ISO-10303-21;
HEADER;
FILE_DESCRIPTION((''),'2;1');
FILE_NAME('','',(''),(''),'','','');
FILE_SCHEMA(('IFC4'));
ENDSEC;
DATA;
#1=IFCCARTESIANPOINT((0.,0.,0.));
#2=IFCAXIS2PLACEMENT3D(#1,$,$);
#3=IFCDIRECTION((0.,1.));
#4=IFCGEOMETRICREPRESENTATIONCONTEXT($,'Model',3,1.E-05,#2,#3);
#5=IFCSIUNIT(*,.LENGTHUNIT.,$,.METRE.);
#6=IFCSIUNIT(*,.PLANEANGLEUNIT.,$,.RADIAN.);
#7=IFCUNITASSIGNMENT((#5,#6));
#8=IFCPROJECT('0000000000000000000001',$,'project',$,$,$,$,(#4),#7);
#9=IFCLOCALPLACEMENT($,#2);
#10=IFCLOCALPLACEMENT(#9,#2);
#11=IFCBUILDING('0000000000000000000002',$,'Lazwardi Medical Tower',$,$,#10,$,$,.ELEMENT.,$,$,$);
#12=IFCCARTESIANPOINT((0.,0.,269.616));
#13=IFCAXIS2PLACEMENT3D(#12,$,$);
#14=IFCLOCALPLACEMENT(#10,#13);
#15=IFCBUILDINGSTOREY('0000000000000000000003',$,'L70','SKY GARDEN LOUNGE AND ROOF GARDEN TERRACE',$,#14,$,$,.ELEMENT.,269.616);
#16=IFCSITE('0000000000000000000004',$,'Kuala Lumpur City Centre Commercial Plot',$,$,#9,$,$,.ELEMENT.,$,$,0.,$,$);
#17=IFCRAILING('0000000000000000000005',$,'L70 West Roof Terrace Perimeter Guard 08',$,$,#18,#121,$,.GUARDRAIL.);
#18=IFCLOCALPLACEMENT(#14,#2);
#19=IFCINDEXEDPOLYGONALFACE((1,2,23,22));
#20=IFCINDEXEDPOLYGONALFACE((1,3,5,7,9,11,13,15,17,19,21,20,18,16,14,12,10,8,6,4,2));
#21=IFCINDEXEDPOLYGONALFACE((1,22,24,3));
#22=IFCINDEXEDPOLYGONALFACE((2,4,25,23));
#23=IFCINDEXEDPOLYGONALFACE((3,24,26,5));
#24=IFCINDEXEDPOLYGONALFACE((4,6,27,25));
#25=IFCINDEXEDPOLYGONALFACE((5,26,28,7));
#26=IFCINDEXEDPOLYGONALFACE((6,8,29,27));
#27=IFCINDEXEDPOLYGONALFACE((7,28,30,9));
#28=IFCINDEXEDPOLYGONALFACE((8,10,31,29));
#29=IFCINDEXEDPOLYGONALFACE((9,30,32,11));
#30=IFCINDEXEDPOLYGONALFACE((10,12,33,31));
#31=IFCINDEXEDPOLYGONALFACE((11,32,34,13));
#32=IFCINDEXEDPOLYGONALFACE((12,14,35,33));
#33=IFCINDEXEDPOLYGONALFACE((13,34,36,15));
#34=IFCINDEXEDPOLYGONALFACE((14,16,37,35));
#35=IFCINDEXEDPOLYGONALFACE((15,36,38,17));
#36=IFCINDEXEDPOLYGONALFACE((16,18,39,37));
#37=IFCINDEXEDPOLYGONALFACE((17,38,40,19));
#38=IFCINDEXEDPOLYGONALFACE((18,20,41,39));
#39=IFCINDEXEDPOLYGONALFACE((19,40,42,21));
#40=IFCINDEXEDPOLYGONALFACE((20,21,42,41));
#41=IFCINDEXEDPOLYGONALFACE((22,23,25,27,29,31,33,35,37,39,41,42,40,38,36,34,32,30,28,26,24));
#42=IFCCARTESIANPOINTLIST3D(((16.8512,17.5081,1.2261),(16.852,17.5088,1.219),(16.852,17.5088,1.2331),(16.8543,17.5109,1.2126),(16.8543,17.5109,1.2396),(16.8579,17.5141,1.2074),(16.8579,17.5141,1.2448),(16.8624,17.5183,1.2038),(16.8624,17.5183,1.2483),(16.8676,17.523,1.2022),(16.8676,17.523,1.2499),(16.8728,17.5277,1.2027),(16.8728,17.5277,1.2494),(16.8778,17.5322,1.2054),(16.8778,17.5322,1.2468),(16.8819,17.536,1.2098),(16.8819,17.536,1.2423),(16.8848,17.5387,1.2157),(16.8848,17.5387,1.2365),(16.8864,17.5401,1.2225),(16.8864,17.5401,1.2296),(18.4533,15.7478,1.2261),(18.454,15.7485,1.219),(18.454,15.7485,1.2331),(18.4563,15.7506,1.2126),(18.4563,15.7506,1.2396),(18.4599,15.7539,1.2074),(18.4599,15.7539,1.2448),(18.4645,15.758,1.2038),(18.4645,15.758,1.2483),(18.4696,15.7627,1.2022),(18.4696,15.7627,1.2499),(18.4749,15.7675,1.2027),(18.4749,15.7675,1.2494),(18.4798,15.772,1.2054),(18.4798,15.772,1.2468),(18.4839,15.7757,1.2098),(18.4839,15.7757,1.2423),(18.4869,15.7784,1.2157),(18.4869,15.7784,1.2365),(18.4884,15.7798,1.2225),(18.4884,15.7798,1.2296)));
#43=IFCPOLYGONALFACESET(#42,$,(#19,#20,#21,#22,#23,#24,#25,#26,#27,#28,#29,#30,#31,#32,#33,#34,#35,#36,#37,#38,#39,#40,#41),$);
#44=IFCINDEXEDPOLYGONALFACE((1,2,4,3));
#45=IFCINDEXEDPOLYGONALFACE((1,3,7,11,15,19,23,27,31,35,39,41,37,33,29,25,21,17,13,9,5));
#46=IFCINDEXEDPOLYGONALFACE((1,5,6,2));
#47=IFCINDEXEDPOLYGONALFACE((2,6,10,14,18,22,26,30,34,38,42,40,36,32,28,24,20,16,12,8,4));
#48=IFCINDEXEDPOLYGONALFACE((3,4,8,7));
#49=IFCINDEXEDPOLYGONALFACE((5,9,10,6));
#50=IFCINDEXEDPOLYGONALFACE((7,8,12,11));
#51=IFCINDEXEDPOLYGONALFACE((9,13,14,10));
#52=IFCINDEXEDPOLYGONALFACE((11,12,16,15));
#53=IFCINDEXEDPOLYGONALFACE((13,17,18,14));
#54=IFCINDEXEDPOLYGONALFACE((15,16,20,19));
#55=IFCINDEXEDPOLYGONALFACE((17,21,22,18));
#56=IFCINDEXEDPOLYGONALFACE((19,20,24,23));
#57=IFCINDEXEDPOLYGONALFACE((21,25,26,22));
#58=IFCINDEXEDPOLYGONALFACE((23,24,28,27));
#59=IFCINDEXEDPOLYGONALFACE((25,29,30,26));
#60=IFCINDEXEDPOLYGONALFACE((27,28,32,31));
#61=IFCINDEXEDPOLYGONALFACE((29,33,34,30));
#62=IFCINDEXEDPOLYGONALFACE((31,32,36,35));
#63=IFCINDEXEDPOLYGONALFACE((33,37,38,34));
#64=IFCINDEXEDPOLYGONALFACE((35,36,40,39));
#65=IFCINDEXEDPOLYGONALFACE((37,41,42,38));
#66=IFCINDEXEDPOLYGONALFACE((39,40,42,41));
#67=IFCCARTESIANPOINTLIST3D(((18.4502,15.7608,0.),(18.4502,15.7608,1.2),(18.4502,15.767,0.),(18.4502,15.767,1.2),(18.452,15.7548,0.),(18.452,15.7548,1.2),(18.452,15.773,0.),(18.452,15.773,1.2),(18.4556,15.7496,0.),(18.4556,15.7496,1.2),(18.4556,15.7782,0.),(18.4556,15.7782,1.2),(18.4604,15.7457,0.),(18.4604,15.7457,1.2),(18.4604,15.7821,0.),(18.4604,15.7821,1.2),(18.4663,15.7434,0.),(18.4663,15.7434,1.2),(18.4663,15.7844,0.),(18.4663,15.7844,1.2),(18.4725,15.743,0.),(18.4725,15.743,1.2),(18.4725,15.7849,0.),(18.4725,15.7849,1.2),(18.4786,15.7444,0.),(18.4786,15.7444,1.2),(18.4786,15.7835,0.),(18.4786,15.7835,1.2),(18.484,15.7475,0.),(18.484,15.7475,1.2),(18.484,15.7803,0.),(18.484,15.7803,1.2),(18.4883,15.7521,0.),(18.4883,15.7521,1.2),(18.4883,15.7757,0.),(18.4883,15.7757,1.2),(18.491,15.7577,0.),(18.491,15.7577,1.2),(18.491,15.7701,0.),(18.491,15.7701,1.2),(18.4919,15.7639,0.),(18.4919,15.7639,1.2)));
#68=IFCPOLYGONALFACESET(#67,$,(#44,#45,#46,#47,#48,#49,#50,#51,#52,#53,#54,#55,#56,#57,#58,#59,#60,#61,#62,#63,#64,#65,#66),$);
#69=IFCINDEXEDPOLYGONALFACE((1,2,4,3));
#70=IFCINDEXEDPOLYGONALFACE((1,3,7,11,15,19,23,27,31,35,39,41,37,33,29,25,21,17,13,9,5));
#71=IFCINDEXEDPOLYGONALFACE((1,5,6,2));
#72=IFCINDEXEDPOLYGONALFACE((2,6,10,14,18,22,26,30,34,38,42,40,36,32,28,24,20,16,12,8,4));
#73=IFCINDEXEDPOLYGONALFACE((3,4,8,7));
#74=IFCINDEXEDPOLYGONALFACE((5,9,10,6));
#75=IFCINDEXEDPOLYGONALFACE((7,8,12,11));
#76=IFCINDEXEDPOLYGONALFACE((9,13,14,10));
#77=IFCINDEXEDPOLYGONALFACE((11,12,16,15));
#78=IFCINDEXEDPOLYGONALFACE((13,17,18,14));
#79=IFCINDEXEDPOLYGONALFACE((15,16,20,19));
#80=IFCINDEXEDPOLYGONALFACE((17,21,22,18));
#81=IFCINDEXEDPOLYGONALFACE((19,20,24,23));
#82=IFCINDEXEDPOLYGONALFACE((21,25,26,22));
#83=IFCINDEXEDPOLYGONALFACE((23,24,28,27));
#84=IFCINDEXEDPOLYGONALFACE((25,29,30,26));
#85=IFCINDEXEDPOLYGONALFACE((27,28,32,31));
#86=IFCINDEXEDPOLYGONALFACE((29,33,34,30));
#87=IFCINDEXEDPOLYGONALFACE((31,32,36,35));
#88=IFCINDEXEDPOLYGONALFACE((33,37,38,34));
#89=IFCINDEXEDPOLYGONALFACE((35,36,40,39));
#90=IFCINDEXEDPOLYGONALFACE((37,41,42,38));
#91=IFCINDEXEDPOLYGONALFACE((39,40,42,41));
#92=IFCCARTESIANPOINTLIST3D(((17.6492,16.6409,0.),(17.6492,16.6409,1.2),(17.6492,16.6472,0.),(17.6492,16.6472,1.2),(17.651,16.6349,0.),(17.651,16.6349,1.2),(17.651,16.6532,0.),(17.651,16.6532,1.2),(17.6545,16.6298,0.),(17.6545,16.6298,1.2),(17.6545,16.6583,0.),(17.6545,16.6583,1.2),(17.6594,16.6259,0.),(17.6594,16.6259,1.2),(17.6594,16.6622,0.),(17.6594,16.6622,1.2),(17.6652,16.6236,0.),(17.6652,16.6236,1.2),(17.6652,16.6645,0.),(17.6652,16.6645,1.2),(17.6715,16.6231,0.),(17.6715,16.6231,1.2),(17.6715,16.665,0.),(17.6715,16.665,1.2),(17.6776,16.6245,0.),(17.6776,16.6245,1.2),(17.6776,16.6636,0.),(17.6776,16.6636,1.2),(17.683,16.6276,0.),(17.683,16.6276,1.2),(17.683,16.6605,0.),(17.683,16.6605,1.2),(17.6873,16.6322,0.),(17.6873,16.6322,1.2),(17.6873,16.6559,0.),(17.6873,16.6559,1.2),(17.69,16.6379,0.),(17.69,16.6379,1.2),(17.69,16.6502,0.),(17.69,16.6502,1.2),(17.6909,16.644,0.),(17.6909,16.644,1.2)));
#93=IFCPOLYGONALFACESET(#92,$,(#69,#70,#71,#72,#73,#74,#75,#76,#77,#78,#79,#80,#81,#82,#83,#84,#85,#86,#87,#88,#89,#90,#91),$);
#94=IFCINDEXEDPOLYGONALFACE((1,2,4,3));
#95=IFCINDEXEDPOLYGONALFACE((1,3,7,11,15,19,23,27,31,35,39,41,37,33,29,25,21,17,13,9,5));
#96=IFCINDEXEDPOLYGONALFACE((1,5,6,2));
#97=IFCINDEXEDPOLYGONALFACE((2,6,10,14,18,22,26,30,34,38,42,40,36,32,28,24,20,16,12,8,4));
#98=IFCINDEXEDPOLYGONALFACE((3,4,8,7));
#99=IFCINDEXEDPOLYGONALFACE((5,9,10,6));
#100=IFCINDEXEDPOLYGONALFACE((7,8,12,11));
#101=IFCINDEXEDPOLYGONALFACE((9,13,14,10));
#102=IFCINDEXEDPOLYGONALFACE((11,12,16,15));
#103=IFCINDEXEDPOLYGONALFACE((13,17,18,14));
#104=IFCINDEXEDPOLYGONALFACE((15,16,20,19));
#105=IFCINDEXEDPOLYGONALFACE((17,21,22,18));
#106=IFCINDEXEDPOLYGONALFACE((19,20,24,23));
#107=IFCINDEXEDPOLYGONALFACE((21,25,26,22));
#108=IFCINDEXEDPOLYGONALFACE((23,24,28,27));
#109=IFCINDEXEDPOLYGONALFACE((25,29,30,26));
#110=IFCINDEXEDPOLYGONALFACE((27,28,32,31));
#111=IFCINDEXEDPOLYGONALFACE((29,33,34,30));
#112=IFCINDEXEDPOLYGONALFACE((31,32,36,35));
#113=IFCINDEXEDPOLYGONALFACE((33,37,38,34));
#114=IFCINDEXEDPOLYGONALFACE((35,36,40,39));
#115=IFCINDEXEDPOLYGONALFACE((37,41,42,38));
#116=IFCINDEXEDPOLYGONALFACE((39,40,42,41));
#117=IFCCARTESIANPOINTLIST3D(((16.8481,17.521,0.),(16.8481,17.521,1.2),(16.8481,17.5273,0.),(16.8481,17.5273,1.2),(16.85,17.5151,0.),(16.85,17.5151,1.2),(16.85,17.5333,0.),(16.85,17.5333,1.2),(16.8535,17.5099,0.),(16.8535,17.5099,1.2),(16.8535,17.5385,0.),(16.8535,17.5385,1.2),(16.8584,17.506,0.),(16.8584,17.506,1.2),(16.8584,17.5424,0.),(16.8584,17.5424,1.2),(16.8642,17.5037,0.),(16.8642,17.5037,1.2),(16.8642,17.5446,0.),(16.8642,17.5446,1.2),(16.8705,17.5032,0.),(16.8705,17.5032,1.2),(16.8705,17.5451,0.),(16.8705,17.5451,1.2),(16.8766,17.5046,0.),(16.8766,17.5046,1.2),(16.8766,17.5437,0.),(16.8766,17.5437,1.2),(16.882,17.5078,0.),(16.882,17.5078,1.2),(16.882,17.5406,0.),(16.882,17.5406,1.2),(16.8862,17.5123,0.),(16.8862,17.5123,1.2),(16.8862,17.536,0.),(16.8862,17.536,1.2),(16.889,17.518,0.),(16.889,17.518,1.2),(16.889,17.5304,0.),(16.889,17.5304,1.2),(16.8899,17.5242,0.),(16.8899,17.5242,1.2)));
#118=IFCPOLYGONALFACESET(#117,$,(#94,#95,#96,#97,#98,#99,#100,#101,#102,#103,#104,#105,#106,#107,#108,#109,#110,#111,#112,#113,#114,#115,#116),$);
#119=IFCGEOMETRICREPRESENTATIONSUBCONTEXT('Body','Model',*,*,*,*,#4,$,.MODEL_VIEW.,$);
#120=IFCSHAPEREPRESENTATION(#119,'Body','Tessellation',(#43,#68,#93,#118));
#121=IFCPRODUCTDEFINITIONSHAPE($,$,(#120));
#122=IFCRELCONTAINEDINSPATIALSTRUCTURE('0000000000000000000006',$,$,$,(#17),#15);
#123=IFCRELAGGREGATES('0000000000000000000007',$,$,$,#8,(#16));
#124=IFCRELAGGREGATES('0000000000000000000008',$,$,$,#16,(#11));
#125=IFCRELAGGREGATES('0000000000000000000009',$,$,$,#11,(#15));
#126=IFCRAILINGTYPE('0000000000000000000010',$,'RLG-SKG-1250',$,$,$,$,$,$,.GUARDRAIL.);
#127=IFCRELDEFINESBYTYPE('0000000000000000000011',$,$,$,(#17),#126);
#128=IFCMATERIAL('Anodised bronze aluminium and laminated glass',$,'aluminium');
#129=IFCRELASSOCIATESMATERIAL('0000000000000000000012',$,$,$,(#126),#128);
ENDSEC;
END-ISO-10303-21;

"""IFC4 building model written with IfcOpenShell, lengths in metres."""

from ifc_helpers import new_model, si_unit, direction, frame, origin, origin_2d, place, context, subcontext, project, spatial, circle, extrude, material, type_object, element, save


model = new_model("IFC4")

# Units and contexts
model_context = context("Model", 3, precision=1e-05, world=origin(), true_north=direction((0.0, 1.0)))
body_context = subcontext(model_context, "Body", "Model", "MODEL_VIEW")
ifc_project = project(units=[si_unit("LENGTHUNIT", "METRE"), si_unit("PLANEANGLEUNIT", "RADIAN")], contexts=[model_context])

# Site, building, storey
site_placement = place(None, origin())
site = spatial("IfcSite", under=ifc_project, at=site_placement, Name="Kuala Lumpur City Centre Commercial Plot", CompositionType="ELEMENT", RefElevation=0.0)
building_placement = place(site_placement, origin())
building = spatial("IfcBuilding", under=site, at=building_placement, Name="Lazwardi Medical Tower", CompositionType="ELEMENT")
storey_placement = place(building_placement, frame((0.0, 0.0, 269.616)))
storey = spatial("IfcBuildingStorey", under=building, at=storey_placement, Name="L70", Description="SKY GARDEN LOUNGE AND ROOF GARDEN TERRACE", CompositionType="ELEMENT", Elevation=269.616)

# Railing
ifc_material_1 = material(Name="Anodised bronze aluminium and laminated glass", Category="aluminium")
railing_type = type_object("IfcRailingType", Name="RLG-SKG-1250", PredefinedType="GUARDRAIL", material=ifc_material_1)
railing_1_placement = place(storey_placement, frame((18.4709, 15.7639, 0.0)))
element("IfcRailing", 1, at=railing_1_placement, inside=storey, type_object=railing_type, Name="L70 West Roof Terrace Perimeter Guard 08", PredefinedType="GUARDRAIL", context=body_context, shape_type="SweptSolid", body=[
    extrude(circle(Radius=0.0239, at=origin_2d()), frame((0.0, 0.0, 1.2261), z_axis=(-0.673091, 0.739559, 0.0), x_axis=(-0.739559, -0.673091, 0.0)), (0.0, 0.0, 1.0), 2.3801),
    extrude(circle(Radius=0.021, at=origin_2d()), origin(), (0.0, 0.0, 1.0), 1.2),
    extrude(circle(Radius=0.021, at=origin_2d()), frame((-0.801, 0.8801, 0.0)), (0.0, 0.0, 1.0), 1.2),
    extrude(circle(Radius=0.021, at=origin_2d()), frame((-1.6021, 1.7603, 0.0)), (0.0, 0.0, 1.0), 1.2),
])

save(model, "model.ifc")
